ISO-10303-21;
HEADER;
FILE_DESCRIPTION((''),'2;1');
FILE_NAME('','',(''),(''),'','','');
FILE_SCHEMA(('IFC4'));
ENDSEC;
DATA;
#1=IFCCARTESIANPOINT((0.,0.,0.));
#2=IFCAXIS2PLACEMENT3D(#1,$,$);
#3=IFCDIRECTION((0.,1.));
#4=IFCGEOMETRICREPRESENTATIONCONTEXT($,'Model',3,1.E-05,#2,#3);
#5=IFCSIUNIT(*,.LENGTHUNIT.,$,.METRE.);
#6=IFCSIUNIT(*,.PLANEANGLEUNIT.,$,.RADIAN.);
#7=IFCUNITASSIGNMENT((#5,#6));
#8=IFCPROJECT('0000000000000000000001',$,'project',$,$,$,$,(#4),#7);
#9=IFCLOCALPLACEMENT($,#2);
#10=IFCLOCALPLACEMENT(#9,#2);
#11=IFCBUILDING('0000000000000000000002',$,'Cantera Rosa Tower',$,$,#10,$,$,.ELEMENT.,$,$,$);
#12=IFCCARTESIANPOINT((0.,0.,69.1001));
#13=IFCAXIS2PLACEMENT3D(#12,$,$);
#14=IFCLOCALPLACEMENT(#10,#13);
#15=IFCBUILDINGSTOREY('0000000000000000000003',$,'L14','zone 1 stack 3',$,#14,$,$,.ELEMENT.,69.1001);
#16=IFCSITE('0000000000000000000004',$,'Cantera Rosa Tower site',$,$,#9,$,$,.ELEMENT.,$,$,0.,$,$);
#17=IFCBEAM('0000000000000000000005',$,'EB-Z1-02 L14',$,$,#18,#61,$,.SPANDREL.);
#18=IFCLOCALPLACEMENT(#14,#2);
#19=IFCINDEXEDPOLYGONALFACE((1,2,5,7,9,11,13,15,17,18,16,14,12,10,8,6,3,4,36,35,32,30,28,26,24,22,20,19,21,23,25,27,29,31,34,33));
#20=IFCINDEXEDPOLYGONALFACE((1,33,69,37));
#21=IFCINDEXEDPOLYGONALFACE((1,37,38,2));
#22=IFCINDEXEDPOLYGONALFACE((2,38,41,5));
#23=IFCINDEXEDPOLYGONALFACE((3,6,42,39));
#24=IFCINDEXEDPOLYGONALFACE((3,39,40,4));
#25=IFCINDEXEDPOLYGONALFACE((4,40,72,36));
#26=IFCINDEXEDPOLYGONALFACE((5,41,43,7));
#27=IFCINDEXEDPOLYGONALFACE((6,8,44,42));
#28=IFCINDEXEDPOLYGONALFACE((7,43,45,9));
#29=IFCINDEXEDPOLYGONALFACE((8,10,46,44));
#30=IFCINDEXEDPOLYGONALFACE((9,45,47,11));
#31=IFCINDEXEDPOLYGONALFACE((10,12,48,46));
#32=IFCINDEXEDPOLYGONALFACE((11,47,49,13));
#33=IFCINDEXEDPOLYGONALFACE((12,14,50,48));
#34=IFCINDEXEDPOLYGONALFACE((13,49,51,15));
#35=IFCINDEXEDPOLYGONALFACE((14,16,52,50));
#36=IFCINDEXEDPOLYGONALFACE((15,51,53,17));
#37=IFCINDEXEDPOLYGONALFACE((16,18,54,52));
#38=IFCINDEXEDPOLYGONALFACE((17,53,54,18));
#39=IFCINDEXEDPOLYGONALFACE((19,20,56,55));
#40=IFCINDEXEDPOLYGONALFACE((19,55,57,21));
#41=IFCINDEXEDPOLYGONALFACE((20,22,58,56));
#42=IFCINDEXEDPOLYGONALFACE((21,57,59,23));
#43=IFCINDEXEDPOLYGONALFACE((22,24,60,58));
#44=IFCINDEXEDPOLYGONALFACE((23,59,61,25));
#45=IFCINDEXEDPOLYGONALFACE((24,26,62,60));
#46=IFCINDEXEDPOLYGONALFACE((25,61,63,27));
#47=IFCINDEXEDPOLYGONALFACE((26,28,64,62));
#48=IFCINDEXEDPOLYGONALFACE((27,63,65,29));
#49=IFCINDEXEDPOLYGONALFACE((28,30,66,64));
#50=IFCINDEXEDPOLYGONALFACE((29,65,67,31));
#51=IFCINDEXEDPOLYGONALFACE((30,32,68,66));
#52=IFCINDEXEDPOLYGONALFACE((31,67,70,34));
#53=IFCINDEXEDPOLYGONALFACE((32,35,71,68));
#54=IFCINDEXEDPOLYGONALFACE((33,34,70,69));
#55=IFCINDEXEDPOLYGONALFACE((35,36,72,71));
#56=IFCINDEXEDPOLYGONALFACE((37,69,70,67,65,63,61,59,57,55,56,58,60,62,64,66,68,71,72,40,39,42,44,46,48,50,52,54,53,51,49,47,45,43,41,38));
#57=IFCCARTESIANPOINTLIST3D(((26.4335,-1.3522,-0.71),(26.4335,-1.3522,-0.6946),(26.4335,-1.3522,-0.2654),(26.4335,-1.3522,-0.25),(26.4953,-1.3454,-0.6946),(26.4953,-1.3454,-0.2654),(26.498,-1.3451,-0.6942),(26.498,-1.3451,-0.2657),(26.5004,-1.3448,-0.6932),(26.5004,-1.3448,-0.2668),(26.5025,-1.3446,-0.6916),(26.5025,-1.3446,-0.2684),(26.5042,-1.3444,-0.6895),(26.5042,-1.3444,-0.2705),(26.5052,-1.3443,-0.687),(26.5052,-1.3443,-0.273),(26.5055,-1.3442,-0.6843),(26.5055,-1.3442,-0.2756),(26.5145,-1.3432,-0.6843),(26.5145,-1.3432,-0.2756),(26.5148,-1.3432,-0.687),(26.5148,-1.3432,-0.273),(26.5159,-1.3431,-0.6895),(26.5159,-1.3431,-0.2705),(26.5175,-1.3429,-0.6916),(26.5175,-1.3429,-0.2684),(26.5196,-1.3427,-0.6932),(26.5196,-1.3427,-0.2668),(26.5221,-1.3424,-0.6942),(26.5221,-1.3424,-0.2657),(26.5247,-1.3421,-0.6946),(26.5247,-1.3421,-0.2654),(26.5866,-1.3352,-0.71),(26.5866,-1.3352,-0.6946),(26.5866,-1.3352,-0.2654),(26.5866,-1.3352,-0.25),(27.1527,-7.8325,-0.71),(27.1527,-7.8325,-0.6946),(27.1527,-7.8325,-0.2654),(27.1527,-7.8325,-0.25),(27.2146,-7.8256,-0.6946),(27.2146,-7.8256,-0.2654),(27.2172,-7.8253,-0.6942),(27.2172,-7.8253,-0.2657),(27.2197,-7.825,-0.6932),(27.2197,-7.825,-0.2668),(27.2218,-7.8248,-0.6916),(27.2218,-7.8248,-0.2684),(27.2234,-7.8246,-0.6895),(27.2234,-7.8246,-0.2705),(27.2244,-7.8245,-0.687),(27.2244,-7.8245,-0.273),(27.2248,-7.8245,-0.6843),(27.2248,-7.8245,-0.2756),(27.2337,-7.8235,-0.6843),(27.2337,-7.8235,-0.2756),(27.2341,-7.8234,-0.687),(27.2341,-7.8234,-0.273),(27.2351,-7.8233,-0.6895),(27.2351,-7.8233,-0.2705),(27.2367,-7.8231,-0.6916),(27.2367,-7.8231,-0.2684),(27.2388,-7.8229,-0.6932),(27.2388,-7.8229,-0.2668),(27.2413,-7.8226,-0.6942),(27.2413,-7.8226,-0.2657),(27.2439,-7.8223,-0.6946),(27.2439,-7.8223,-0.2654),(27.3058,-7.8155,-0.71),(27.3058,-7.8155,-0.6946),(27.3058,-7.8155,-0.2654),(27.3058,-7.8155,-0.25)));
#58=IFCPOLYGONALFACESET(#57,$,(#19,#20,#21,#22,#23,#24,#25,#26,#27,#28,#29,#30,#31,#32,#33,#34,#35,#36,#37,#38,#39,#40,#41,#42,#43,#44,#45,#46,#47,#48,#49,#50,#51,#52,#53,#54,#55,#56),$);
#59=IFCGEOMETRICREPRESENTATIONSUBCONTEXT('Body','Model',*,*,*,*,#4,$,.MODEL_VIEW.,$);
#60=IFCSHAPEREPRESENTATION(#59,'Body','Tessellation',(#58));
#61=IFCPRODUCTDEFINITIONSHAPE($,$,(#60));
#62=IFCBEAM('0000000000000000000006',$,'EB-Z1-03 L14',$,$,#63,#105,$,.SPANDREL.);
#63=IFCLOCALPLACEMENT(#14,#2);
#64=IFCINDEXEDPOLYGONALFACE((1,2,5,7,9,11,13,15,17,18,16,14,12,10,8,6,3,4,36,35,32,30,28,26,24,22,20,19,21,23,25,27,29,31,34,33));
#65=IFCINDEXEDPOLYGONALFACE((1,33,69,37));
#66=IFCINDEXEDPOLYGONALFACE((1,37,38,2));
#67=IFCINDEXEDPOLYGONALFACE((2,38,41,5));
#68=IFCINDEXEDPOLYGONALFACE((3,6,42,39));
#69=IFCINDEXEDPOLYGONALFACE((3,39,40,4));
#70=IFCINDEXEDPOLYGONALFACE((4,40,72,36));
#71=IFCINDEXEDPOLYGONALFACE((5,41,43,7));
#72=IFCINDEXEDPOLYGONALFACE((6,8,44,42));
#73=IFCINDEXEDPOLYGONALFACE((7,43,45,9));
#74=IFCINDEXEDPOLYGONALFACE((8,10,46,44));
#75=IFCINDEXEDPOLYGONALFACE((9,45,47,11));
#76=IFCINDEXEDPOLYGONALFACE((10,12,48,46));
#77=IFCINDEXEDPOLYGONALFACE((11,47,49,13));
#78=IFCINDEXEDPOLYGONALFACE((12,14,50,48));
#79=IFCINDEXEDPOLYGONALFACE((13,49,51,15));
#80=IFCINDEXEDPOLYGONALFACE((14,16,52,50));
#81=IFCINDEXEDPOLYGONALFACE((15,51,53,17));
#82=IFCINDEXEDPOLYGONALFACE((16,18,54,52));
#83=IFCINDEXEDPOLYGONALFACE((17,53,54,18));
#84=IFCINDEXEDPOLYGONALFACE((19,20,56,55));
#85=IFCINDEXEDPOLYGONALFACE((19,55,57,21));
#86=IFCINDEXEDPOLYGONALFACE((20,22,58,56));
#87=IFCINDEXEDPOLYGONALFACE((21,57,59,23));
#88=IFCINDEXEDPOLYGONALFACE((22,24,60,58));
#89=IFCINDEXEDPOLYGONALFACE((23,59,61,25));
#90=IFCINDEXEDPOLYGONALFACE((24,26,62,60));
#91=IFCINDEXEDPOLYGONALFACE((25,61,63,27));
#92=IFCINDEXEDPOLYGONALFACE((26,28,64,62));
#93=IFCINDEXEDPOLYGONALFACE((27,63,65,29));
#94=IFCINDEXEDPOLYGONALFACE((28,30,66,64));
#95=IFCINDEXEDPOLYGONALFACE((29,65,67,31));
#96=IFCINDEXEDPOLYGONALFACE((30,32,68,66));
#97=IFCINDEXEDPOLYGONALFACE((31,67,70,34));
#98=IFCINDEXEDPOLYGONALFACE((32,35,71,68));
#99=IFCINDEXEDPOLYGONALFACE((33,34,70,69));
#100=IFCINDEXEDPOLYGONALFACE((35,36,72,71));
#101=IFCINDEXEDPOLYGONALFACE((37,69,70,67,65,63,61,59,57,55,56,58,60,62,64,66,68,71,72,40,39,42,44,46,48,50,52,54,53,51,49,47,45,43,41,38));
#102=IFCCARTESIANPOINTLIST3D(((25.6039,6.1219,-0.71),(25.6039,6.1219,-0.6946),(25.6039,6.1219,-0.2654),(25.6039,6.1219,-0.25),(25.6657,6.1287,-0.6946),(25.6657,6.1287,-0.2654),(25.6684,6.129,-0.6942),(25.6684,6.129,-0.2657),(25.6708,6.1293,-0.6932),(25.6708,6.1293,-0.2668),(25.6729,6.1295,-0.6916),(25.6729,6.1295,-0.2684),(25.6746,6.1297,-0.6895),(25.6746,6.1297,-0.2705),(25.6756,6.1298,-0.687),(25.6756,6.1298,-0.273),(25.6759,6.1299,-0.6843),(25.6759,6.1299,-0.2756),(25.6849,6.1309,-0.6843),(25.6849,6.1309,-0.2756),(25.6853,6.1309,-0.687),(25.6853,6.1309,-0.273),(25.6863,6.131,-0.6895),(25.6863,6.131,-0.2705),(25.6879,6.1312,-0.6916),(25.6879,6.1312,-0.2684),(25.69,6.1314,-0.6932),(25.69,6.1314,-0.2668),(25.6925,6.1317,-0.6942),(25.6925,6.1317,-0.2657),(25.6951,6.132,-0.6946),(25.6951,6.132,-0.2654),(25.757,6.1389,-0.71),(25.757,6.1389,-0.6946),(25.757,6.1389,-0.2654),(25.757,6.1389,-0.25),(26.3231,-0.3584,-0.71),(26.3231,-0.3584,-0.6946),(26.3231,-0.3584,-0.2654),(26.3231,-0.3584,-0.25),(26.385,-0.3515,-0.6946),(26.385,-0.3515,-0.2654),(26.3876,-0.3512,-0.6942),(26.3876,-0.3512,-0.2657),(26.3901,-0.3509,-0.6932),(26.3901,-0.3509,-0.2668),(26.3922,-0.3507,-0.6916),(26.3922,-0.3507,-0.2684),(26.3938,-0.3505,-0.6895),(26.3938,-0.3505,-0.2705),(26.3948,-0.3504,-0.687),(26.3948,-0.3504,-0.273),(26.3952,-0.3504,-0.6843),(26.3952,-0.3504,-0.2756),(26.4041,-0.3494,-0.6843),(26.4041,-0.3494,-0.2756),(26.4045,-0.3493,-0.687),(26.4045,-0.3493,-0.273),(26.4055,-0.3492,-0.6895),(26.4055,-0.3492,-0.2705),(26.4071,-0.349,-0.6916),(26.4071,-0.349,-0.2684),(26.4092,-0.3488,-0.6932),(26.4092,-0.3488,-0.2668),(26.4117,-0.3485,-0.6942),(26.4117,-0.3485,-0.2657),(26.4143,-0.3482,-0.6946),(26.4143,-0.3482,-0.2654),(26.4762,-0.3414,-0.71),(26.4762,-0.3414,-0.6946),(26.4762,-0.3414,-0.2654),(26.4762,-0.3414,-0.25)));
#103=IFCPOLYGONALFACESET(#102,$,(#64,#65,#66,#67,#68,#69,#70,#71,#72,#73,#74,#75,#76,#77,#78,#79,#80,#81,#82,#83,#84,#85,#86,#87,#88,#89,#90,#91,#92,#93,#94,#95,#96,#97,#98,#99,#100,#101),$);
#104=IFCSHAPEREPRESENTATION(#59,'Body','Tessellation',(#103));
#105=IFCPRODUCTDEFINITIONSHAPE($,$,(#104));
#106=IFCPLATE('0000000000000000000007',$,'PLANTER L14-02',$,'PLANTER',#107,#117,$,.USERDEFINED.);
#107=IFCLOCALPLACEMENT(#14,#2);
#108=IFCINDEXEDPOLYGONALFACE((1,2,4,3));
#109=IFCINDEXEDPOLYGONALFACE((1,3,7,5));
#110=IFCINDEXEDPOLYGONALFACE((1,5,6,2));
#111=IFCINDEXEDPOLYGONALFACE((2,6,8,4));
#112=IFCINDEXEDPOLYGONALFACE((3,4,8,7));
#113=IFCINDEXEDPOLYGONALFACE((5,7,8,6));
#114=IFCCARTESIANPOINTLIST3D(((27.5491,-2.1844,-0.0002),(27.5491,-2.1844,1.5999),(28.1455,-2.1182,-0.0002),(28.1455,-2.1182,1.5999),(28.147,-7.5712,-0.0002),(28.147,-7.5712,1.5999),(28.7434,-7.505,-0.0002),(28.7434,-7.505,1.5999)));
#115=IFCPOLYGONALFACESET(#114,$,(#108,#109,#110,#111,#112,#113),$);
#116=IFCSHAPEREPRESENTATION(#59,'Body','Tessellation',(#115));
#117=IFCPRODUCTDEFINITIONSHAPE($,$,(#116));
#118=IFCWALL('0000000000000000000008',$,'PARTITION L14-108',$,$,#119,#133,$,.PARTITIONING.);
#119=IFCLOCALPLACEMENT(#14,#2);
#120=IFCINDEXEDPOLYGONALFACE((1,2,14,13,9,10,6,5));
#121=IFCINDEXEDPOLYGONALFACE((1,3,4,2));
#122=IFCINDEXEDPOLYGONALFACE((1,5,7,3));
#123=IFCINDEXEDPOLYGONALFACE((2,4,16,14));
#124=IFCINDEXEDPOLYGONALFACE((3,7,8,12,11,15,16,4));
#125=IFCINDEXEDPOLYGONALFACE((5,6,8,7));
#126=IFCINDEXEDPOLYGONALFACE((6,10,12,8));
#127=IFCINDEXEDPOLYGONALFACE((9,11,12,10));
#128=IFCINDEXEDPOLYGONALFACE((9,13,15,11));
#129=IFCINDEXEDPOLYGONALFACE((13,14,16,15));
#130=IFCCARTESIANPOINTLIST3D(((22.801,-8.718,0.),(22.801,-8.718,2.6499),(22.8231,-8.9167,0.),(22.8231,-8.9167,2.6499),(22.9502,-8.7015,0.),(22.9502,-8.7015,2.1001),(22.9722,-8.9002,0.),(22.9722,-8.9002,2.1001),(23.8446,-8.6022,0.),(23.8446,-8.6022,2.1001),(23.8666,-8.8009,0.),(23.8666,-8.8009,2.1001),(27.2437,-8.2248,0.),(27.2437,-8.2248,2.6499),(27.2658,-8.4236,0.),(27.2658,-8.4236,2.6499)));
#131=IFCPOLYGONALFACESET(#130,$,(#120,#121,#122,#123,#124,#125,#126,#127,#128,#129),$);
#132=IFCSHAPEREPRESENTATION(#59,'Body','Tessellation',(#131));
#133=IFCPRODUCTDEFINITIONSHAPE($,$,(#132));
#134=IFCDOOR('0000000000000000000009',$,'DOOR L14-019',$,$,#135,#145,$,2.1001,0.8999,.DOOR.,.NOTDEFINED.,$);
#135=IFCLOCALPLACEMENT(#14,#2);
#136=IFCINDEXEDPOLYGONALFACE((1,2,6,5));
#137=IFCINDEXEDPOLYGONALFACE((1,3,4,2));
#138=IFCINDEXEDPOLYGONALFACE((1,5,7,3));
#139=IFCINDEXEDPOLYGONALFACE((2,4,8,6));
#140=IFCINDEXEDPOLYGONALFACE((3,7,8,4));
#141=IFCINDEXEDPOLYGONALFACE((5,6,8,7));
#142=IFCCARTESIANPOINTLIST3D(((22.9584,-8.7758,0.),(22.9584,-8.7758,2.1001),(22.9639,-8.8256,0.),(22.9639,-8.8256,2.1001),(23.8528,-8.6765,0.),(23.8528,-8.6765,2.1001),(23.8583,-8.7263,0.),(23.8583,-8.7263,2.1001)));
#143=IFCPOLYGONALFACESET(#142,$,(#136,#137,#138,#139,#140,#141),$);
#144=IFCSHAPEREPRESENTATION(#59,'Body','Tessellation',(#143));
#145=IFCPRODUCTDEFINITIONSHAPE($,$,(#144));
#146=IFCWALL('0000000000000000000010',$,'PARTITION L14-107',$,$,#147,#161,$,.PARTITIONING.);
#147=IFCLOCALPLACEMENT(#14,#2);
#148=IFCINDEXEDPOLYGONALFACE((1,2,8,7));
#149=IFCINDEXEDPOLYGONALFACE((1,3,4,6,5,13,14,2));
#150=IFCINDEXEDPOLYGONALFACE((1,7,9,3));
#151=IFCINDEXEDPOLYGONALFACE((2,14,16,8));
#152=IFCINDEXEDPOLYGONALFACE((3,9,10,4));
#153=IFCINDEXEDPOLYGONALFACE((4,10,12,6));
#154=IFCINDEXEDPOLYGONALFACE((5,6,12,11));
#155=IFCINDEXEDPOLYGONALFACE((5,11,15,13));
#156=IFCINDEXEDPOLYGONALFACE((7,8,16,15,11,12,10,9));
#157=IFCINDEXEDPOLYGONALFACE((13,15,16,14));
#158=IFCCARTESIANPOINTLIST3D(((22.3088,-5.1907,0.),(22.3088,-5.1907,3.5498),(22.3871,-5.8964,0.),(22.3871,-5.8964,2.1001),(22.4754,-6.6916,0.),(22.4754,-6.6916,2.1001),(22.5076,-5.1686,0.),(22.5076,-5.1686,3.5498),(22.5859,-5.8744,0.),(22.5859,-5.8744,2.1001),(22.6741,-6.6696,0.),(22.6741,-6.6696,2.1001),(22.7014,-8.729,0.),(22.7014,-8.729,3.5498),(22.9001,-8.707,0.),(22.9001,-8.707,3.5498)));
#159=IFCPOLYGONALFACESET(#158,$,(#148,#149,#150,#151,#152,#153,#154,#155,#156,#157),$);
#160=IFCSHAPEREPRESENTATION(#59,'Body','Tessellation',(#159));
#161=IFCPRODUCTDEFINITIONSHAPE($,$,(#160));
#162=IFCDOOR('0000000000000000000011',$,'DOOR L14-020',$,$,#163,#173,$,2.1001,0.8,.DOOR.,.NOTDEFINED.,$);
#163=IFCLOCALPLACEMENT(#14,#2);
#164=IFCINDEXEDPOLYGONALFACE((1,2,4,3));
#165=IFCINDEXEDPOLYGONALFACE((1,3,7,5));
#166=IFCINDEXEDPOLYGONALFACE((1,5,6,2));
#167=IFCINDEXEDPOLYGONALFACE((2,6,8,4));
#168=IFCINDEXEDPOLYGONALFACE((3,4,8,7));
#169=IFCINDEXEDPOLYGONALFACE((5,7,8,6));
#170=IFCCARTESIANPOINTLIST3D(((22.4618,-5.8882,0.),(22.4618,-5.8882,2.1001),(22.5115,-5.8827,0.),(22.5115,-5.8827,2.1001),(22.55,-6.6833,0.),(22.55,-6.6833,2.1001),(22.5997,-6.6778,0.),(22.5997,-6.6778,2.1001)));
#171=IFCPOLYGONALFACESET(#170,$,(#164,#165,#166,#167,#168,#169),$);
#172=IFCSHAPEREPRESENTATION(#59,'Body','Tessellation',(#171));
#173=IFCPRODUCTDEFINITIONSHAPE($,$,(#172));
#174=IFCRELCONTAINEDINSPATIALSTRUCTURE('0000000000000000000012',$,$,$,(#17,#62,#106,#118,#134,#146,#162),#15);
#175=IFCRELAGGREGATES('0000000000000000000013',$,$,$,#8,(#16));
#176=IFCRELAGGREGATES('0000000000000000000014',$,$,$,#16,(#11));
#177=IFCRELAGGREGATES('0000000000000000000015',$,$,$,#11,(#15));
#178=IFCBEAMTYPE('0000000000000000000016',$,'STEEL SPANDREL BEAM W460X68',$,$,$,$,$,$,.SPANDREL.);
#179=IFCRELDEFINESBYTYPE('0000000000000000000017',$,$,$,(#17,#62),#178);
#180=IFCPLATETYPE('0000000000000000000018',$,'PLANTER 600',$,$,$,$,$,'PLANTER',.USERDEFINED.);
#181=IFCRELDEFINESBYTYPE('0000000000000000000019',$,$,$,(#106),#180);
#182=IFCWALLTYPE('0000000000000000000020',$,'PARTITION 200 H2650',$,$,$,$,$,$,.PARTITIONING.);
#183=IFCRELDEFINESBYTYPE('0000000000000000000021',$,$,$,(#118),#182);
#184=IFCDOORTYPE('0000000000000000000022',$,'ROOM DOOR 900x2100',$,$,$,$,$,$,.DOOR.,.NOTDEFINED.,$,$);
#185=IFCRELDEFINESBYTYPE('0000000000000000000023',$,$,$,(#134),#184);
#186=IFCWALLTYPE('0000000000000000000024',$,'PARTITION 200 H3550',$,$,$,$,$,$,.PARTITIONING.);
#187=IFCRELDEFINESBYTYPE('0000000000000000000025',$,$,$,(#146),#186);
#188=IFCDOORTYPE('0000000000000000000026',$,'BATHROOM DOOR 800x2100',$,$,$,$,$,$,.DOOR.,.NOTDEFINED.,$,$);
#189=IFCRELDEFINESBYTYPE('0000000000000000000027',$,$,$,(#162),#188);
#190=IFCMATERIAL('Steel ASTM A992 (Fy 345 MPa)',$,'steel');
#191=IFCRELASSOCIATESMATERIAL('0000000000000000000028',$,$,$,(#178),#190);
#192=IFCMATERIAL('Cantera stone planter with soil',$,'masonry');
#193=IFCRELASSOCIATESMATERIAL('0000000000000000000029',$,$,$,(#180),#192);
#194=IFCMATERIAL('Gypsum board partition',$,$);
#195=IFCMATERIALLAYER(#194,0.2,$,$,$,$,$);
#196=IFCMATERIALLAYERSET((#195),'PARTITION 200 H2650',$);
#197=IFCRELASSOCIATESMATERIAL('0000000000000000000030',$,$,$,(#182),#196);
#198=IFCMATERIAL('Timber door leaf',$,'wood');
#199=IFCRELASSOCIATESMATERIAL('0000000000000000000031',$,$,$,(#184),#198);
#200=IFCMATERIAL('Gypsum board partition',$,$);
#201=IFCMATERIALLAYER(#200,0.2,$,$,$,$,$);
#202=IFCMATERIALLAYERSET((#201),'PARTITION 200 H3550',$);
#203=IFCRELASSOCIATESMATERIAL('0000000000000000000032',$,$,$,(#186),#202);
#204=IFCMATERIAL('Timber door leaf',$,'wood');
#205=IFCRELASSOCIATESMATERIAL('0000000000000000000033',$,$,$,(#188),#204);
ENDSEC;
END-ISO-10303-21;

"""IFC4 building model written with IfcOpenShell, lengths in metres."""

from ifc_helpers import new_model, si_unit, direction, frame, frame_2d, origin, origin_2d, place, context, subcontext, project, spatial, rectangle, i_section, extrude, material, layer, layer_set, material_profile, profile_set, type_object, element, fill, save


model = new_model("IFC4")

# Units and contexts
model_context = context("Model", 3, precision=1e-05, world=origin(), true_north=direction((0.0, 1.0)))
body_context = subcontext(model_context, "Body", "Model", "MODEL_VIEW")
ifc_project = project(units=[si_unit("LENGTHUNIT", "METRE"), si_unit("PLANEANGLEUNIT", "RADIAN")], contexts=[model_context])

# Site, building, storey
site_placement = place(None, origin())
site = spatial("IfcSite", under=ifc_project, at=site_placement, Name="Cantera Rosa Tower site", CompositionType="ELEMENT", RefElevation=0.0)
building_placement = place(site_placement, origin())
building = spatial("IfcBuilding", under=site, at=building_placement, Name="Cantera Rosa Tower", CompositionType="ELEMENT")
storey_placement = place(building_placement, frame((0.0, 0.0, 69.1001)))
storey = spatial("IfcBuildingStorey", under=building, at=storey_placement, Name="L14", Description="zone 1 stack 3", CompositionType="ELEMENT", Elevation=69.1001)

# Beams
ifc_material_1 = material(Name="Steel ASTM A992 (Fy 345 MPa)", Category="steel")
ifc_material_profile_1 = material_profile(ifc_material_1, i_section(OverallWidth=0.1541, OverallDepth=0.46, WebThickness=0.009, FlangeThickness=0.0154, FilletRadius=0.0103, at=origin_2d()), Name="W460X68")
ifc_profile_set_1 = profile_set([ifc_material_profile_1], Name="Steel ASTM A992 (Fy 345 MPa)")
beam_type_1 = type_object("IfcBeamType", Name="STEEL SPANDREL BEAM W460X68", PredefinedType="SPANDREL", material=ifc_profile_set_1)
for number, where, z_axis, x_axis, name in (
    (1, (27.2292, -7.824, -0.48), (-0.110312, 0.993897, 0.0), (-0.993897, -0.110312, 0.0), "EB-Z1-02 L14"),
    (2, (26.3997, -0.3499, -0.48), (-0.110312, 0.993897, 0.0), (-0.993897, -0.110312, 0.0), "EB-Z1-03 L14"),
):
    element("IfcBeam", number, at=place(storey_placement, frame(where, z_axis=z_axis, x_axis=x_axis)), inside=storey, type_object=beam_type_1, Name=name, PredefinedType="SPANDREL", context=body_context, shape_type="SweptSolid", body=[
        extrude(i_section(OverallWidth=0.1541, OverallDepth=0.46, WebThickness=0.009, FlangeThickness=0.0154, FilletRadius=0.0103, at=origin_2d()), origin(), (0.0, 0.0, 1.0), 6.52),
    ])

# Plate
ifc_material_2 = material(Name="Cantera stone planter with soil", Category="masonry")
plate_type = type_object("IfcPlateType", Name="PLANTER 600", ElementType="PLANTER", PredefinedType="USERDEFINED", material=ifc_material_2)
plate_placement = place(storey_placement, frame((28.1462, -4.8447, -0.0002), z_axis=(0.0, 0.0, 1.0), x_axis=(-0.110313, 0.993897, 0.0)))
element("IfcPlate", 3, at=plate_placement, inside=storey, type_object=plate_type, Name="PLANTER L14-02", ObjectType="PLANTER", PredefinedType="USERDEFINED", context=body_context, shape_type="SweptSolid", body=[
    extrude(rectangle(XDim=5.4199, YDim=0.6001, at=origin_2d()), origin(), (0.0, 0.0, 1.0), 1.6001),
])

# Walls, openings, doors
ifc_material_3 = material(Name="Gypsum board partition")
ifc_layer_1 = layer(ifc_material_3, 0.2)
ifc_layer_set_1 = layer_set([ifc_layer_1], Name="PARTITION 200 H2650")
wall_type_1 = type_object("IfcWallType", Name="PARTITION 200 H2650", PredefinedType="PARTITIONING", material=ifc_layer_set_1)
wall_1_placement = place(storey_placement, frame((27.2546, -8.3242, 0.0), z_axis=(0.0, 0.0, 1.0), x_axis=(-0.993895, -0.11033, 0.0)))
wall_1 = element("IfcWall", 4, at=wall_1_placement, inside=storey, type_object=wall_type_1, Name="PARTITION L14-108", PredefinedType="PARTITIONING", context=body_context, shape_type="SweptSolid", body=[
    extrude(rectangle(XDim=4.47, YDim=0.2, at=frame_2d((2.2349, 0.0))), origin(), (0.0, 0.0, 1.0), 2.6499),
])
opening_1_placement = place(wall_1_placement, frame((3.4199, 0.0, 0.0)))
opening_1 = element("IfcOpeningElement", 5, at=opening_1_placement, cuts=wall_1, PredefinedType="OPENING", context=body_context, shape_type="SweptSolid", body=[
    extrude(rectangle(XDim=0.8999, YDim=2.1001, at=frame_2d((0.45, 1.05))), frame((0.0, 0.1099, 0.0), z_axis=(0.0, -1.0, 0.0), x_axis=(1.0, 0.0, 0.0)), (0.0, 0.0, 1.0), 0.22),
])
ifc_material_4 = material(Name="Timber door leaf", Category="wood")
door_type_1 = type_object("IfcDoorType", Name="ROOM DOOR 900x2100", OperationType="NOTDEFINED", PredefinedType="DOOR", material=ifc_material_4)
door_1_placement = place(opening_1_placement, origin())
door_1 = element("IfcDoor", 6, at=door_1_placement, inside=storey, type_object=door_type_1, Name="DOOR L14-019", OperationType="NOTDEFINED", OverallHeight=2.1001, OverallWidth=0.8999, PredefinedType="DOOR", context=body_context, shape_type="SweptSolid", body=[
    extrude(rectangle(XDim=0.8999, YDim=2.1001, at=frame_2d((0.45, 1.05))), frame((0.0, 0.0249, 0.0), z_axis=(0.0, -1.0, 0.0), x_axis=(1.0, 0.0, 0.0)), (0.0, 0.0, 1.0), 0.05),
])
fill(opening_1, door_1)
ifc_material_5 = material(Name="Gypsum board partition")
ifc_layer_2 = layer(ifc_material_5, 0.2)
ifc_layer_set_2 = layer_set([ifc_layer_2], Name="PARTITION 200 H3550")
wall_type_2 = type_object("IfcWallType", Name="PARTITION 200 H3550", PredefinedType="PARTITIONING", material=ifc_layer_set_2)
wall_2_placement = place(storey_placement, frame((22.8008, -8.718, 0.0), z_axis=(0.0, 0.0, 1.0), x_axis=(-0.110273, 0.993901, 0.0)))
wall_2 = element("IfcWall", 7, at=wall_2_placement, inside=storey, type_object=wall_type_2, Name="PARTITION L14-107", PredefinedType="PARTITIONING", context=body_context, shape_type="SweptSolid", body=[
    extrude(rectangle(XDim=3.5601, YDim=0.2, at=frame_2d((1.78, 0.0))), origin(), (0.0, 0.0, 1.0), 3.5498),
])
opening_2_placement = place(wall_2_placement, frame((2.05, 0.0, 0.0)))
opening_2 = element("IfcOpeningElement", 8, at=opening_2_placement, cuts=wall_2, PredefinedType="OPENING", context=body_context, shape_type="SweptSolid", body=[
    extrude(rectangle(XDim=0.8, YDim=2.1001, at=frame_2d((0.3999, 1.05))), frame((0.0, 0.1099, 0.0), z_axis=(0.0, -1.0, 0.0), x_axis=(1.0, 0.0, 0.0)), (0.0, 0.0, 1.0), 0.22),
])
ifc_material_6 = material(Name="Timber door leaf", Category="wood")
door_type_2 = type_object("IfcDoorType", Name="BATHROOM DOOR 800x2100", OperationType="NOTDEFINED", PredefinedType="DOOR", material=ifc_material_6)
door_2_placement = place(opening_2_placement, origin())
door_2 = element("IfcDoor", 9, at=door_2_placement, inside=storey, type_object=door_type_2, Name="DOOR L14-020", OperationType="NOTDEFINED", OverallHeight=2.1001, OverallWidth=0.8, PredefinedType="DOOR", context=body_context, shape_type="SweptSolid", body=[
    extrude(rectangle(XDim=0.8, YDim=2.1001, at=frame_2d((0.3999, 1.05))), frame((0.0, 0.0249, 0.0), z_axis=(0.0, -1.0, 0.0), x_axis=(1.0, 0.0, 0.0)), (0.0, 0.0, 1.0), 0.05),
])
fill(opening_2, door_2)

save(model, "model.ifc")
